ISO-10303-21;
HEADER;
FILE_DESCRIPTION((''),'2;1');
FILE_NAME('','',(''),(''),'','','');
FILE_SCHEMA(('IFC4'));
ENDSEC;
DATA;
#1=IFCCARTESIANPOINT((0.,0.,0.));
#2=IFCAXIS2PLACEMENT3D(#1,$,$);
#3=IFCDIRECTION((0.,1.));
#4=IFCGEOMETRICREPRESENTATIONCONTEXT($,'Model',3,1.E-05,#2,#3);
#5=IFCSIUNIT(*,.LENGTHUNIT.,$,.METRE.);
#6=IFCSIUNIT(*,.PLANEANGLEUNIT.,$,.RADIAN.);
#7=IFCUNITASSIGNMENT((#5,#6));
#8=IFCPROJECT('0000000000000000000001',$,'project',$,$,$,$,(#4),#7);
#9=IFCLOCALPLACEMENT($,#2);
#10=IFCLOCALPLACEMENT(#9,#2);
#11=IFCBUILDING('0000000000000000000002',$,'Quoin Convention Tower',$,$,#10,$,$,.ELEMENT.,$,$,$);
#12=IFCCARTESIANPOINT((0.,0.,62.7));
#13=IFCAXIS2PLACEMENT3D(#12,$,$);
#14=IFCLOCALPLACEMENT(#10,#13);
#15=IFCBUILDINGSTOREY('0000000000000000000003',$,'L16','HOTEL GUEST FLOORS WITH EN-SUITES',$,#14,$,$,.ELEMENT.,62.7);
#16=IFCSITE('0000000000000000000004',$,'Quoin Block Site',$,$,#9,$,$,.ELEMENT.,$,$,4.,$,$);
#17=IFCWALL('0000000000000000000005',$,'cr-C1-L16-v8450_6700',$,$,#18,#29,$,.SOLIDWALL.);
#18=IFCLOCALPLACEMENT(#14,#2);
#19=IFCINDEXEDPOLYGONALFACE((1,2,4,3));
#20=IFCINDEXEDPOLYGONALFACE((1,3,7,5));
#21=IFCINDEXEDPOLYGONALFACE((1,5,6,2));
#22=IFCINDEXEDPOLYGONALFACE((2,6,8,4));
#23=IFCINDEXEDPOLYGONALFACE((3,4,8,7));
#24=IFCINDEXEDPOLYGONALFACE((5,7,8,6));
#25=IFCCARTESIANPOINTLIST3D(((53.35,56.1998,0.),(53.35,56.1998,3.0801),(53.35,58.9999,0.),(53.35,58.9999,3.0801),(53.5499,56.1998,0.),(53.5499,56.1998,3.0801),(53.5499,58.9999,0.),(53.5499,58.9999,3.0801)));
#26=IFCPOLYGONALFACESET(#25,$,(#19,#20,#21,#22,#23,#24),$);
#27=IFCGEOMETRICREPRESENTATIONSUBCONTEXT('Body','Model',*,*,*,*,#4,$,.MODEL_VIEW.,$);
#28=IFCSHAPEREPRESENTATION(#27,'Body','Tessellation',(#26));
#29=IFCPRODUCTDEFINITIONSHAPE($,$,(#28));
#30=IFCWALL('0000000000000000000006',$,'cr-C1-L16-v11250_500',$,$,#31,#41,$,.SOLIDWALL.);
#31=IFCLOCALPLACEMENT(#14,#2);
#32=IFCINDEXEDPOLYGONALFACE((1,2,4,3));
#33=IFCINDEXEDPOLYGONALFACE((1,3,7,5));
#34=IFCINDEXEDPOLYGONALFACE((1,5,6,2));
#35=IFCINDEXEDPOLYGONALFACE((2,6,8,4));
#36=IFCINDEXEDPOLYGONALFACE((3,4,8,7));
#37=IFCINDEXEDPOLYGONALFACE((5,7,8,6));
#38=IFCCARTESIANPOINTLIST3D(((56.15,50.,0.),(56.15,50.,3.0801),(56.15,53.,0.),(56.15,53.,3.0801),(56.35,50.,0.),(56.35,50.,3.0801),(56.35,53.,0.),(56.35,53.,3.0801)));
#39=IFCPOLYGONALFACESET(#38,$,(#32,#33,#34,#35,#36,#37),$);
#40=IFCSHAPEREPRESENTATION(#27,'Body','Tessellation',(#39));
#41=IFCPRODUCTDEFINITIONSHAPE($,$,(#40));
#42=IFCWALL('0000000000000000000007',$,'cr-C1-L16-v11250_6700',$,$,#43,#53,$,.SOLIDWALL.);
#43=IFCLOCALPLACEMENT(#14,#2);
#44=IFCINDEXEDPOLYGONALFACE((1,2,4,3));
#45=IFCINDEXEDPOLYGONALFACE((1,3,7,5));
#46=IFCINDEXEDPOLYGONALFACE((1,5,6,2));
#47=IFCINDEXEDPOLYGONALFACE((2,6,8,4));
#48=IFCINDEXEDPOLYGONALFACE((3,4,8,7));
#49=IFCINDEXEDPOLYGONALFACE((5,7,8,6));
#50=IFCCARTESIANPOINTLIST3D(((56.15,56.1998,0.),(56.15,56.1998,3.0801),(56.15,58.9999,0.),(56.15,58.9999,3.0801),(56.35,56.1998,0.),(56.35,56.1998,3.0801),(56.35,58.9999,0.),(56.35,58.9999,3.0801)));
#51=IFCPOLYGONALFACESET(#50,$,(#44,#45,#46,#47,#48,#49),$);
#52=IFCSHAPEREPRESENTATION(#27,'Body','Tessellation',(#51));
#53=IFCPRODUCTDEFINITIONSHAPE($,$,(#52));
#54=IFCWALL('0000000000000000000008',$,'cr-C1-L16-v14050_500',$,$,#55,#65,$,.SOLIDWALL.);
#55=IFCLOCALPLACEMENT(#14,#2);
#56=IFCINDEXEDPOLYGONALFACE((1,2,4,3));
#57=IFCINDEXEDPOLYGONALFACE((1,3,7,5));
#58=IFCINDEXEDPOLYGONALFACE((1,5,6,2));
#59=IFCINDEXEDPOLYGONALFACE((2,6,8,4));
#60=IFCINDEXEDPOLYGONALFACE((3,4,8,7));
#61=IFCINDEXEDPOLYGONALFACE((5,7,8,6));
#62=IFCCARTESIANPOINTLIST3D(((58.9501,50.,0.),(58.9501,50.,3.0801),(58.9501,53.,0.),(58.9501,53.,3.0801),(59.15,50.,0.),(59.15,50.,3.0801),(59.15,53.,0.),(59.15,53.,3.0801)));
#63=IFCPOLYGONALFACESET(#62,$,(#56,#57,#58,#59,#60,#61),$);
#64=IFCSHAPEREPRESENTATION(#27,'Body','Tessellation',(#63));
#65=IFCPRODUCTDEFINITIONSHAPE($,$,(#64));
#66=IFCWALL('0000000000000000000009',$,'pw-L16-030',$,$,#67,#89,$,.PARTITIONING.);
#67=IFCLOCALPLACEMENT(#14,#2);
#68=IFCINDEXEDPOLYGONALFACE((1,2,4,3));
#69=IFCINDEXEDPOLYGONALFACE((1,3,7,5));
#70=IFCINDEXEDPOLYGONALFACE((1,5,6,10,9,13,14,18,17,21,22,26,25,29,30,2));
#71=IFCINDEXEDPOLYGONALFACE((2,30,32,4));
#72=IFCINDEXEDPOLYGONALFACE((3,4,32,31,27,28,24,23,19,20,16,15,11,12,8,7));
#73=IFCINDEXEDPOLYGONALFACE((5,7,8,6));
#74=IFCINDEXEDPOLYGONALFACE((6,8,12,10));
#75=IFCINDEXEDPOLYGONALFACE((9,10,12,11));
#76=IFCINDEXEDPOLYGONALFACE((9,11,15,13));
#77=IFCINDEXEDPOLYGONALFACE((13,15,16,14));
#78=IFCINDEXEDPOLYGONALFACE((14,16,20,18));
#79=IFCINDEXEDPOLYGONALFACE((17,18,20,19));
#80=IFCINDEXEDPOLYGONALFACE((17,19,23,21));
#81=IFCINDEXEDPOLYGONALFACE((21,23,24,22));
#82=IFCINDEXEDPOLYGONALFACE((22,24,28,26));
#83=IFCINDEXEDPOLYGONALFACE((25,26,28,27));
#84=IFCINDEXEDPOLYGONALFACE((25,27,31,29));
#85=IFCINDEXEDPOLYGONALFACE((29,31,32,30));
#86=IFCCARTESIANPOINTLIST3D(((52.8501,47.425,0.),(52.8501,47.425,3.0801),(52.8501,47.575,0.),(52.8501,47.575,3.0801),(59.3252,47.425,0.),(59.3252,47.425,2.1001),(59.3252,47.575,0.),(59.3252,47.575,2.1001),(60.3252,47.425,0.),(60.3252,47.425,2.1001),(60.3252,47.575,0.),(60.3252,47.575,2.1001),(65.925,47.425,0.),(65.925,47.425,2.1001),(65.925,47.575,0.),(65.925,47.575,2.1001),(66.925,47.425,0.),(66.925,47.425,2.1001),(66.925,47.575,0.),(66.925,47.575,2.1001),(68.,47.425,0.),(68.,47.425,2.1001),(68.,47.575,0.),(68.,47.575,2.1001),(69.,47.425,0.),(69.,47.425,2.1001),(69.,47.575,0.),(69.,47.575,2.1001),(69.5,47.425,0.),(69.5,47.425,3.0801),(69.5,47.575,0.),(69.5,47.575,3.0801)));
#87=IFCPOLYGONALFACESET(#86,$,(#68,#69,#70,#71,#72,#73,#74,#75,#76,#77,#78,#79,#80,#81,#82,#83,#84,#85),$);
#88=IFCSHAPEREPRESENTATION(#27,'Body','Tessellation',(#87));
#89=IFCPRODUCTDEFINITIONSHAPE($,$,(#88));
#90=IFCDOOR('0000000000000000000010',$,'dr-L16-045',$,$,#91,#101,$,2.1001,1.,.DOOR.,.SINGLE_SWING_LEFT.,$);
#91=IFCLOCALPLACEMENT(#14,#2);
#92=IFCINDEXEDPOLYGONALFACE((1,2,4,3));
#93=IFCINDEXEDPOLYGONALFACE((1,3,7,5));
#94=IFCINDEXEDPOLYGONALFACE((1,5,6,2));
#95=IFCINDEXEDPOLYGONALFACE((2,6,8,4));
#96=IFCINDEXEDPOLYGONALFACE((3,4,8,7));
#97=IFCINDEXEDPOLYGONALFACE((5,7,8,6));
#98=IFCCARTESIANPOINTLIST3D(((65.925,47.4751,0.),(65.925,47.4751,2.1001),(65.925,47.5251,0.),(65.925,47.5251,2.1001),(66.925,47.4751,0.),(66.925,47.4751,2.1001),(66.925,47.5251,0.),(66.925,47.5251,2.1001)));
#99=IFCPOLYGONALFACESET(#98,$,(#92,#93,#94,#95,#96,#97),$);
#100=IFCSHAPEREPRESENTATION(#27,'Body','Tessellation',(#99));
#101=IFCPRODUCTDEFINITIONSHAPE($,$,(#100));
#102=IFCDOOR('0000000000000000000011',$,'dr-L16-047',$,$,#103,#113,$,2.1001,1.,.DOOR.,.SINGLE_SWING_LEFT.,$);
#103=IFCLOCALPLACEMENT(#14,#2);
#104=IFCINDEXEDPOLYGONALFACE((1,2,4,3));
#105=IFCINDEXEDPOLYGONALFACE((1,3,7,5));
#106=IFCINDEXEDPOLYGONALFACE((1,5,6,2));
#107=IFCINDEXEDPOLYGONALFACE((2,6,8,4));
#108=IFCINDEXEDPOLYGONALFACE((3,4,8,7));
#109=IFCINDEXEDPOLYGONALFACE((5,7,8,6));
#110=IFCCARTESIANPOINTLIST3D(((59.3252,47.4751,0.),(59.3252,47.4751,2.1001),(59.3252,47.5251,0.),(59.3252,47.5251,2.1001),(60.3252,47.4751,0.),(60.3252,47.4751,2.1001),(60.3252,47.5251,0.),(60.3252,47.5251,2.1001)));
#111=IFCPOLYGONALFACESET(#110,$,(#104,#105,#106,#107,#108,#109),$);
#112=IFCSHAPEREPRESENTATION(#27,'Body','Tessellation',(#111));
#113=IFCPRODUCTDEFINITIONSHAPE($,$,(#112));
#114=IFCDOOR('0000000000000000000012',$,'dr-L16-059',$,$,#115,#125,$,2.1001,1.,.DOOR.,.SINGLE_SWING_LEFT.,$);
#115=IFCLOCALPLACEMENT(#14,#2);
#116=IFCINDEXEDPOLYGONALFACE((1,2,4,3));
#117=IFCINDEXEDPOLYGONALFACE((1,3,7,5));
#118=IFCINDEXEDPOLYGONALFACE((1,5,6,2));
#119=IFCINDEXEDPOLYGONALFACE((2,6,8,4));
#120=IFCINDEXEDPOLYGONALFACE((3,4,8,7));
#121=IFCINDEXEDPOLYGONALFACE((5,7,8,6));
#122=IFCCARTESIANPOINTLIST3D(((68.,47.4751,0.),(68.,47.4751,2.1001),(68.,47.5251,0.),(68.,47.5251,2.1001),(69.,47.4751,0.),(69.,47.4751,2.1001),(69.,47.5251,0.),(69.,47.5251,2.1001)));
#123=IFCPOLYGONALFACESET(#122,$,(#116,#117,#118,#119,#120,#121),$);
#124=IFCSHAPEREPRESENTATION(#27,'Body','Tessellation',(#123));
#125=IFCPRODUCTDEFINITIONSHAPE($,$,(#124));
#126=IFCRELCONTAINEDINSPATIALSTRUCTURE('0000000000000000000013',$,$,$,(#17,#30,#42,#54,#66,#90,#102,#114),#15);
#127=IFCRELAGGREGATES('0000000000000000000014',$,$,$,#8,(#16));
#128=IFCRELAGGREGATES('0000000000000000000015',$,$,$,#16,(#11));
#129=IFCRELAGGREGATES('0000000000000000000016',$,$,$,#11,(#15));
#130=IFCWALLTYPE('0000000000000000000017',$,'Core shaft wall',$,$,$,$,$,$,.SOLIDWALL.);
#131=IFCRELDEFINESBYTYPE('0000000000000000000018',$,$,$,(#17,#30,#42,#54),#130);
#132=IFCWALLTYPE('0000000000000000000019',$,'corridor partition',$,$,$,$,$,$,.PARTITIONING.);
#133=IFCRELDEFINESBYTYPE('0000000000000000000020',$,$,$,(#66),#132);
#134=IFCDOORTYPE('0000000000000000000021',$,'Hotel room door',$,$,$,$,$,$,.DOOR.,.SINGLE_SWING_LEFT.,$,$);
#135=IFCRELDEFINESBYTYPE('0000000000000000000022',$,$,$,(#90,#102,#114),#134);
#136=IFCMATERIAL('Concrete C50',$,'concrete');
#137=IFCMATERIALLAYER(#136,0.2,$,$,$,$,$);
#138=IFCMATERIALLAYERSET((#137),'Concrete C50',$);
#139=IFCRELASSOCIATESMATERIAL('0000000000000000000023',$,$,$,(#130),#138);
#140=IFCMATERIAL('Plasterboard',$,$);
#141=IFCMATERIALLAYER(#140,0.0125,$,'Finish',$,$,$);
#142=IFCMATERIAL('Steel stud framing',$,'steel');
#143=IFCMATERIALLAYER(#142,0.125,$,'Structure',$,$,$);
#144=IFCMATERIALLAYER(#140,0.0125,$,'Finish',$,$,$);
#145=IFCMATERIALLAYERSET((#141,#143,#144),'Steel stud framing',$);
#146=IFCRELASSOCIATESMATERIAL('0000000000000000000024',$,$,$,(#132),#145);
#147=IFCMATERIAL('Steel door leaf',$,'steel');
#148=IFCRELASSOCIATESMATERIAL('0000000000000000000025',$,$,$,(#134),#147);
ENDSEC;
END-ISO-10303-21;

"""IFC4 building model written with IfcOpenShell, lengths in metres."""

from ifc_helpers import new_model, si_unit, direction, frame, frame_2d, origin, place, context, subcontext, project, spatial, rectangle, extrude, material, layer, layer_set, type_object, element, fill, save


model = new_model("IFC4")

# Units and contexts
model_context = context("Model", 3, precision=1e-05, world=origin(), true_north=direction((0.0, 1.0)))
body_context = subcontext(model_context, "Body", "Model", "MODEL_VIEW")
ifc_project = project(units=[si_unit("LENGTHUNIT", "METRE"), si_unit("PLANEANGLEUNIT", "RADIAN")], contexts=[model_context])

# Site, building, storey
site_placement = place(None, origin())
site = spatial("IfcSite", under=ifc_project, at=site_placement, Name="Quoin Block Site", CompositionType="ELEMENT", RefElevation=4.0)
building_placement = place(site_placement, origin())
building = spatial("IfcBuilding", under=site, at=building_placement, Name="Quoin Convention Tower", CompositionType="ELEMENT")
storey_placement = place(building_placement, frame((0.0, 0.0, 62.7)))
storey = spatial("IfcBuildingStorey", under=building, at=storey_placement, Name="L16", Description="HOTEL GUEST FLOORS WITH EN-SUITES", CompositionType="ELEMENT", Elevation=62.7)

# Shared definitions
ifc_material_1 = material(Name="Plasterboard")
ifc_material_2 = material(Name="Steel stud framing", Category="steel")

# Shared definitions
ifc_material_3 = material(Name="Concrete C50", Category="concrete")
ifc_layer_1 = layer(ifc_material_3, 0.2)
ifc_layer_set_1 = layer_set([ifc_layer_1], Name="Concrete C50")
wall_type_1 = type_object("IfcWallType", Name="Core shaft wall", PredefinedType="SOLIDWALL", material=ifc_layer_set_1)
ifc_material_4 = material(Name="Steel door leaf", Category="steel")

# Walls
wall_1_placement = place(storey_placement, frame((53.45, 56.2, 0.0), z_axis=(0.0, 0.0, 1.0), x_axis=(0.0, 1.0, 0.0)))
element("IfcWall", 1, at=wall_1_placement, inside=storey, type_object=wall_type_1, Name="cr-C1-L16-v8450_6700", PredefinedType="SOLIDWALL", context=body_context, shape_type="SweptSolid", body=[
    extrude(rectangle(XDim=2.8, YDim=0.2, at=frame_2d((1.3999, 0.0))), origin(), (0.0, 0.0, 1.0), 3.0801),
])
wall_2_placement = place(storey_placement, frame((56.25, 50.0, 0.0), z_axis=(0.0, 0.0, 1.0), x_axis=(0.0, 1.0, 0.0)))
element("IfcWall", 2, at=wall_2_placement, inside=storey, type_object=wall_type_1, Name="cr-C1-L16-v11250_500", PredefinedType="SOLIDWALL", context=body_context, shape_type="SweptSolid", body=[
    extrude(rectangle(XDim=3.0, YDim=0.2, at=frame_2d((1.5, 0.0))), origin(), (0.0, 0.0, 1.0), 3.0801),
])
wall_3_placement = place(storey_placement, frame((56.25, 56.2, 0.0), z_axis=(0.0, 0.0, 1.0), x_axis=(0.0, 1.0, 0.0)))
element("IfcWall", 3, at=wall_3_placement, inside=storey, type_object=wall_type_1, Name="cr-C1-L16-v11250_6700", PredefinedType="SOLIDWALL", context=body_context, shape_type="SweptSolid", body=[
    extrude(rectangle(XDim=2.8, YDim=0.2, at=frame_2d((1.3999, 0.0))), origin(), (0.0, 0.0, 1.0), 3.0801),
])
wall_4_placement = place(storey_placement, frame((59.05, 50.0, 0.0), z_axis=(0.0, 0.0, 1.0), x_axis=(0.0, 1.0, 0.0)))
element("IfcWall", 4, at=wall_4_placement, inside=storey, type_object=wall_type_1, Name="cr-C1-L16-v14050_500", PredefinedType="SOLIDWALL", context=body_context, shape_type="SweptSolid", body=[
    extrude(rectangle(XDim=3.0, YDim=0.2, at=frame_2d((1.5, 0.0))), origin(), (0.0, 0.0, 1.0), 3.0801),
])

# Wall, openings, doors
ifc_layer_2 = layer(ifc_material_1, 0.0125, Name="Finish")
ifc_layer_3 = layer(ifc_material_2, 0.125, Name="Structure")
ifc_layer_4 = layer(ifc_material_1, 0.0125, Name="Finish")
ifc_layer_set_2 = layer_set([ifc_layer_2, ifc_layer_3, ifc_layer_4], Name="Steel stud framing")
wall_type_2 = type_object("IfcWallType", Name="corridor partition", PredefinedType="PARTITIONING", material=ifc_layer_set_2)
wall_5_placement = place(storey_placement, frame((52.8501, 47.5, 0.0), z_axis=(0.0, 0.0, 1.0), x_axis=(1.0, 0.0, 0.0)))
wall_5 = element("IfcWall", 5, at=wall_5_placement, inside=storey, type_object=wall_type_2, Name="pw-L16-030", PredefinedType="PARTITIONING", context=body_context, shape_type="SweptSolid", body=[
    extrude(rectangle(XDim=16.6499, YDim=0.1499, at=frame_2d((8.325, 0.0))), origin(), (0.0, 0.0, 1.0), 3.0801),
])
opening_1_placement = place(wall_5_placement, frame((13.075, 0.0, 0.0)))
opening_1 = element("IfcOpeningElement", 6, at=opening_1_placement, cuts=wall_5, PredefinedType="OPENING", context=body_context, shape_type="SweptSolid", body=[
    extrude(rectangle(XDim=1.0, YDim=2.1001, at=frame_2d((0.5, 1.05))), frame((0.0, 0.085, 0.0), z_axis=(0.0, -1.0, 0.0), x_axis=(1.0, 0.0, 0.0)), (0.0, 0.0, 1.0), 0.1699),
])
opening_2_placement = place(wall_5_placement, frame((6.4751, 0.0, 0.0)))
opening_2 = element("IfcOpeningElement", 7, at=opening_2_placement, cuts=wall_5, PredefinedType="OPENING", context=body_context, shape_type="SweptSolid", body=[
    extrude(rectangle(XDim=1.0, YDim=2.1001, at=frame_2d((0.5, 1.05))), frame((0.0, 0.085, 0.0), z_axis=(0.0, -1.0, 0.0), x_axis=(1.0, 0.0, 0.0)), (0.0, 0.0, 1.0), 0.1699),
])
opening_3_placement = place(wall_5_placement, frame((15.1499, 0.0, 0.0)))
opening_3 = element("IfcOpeningElement", 8, at=opening_3_placement, cuts=wall_5, PredefinedType="OPENING", context=body_context, shape_type="SweptSolid", body=[
    extrude(rectangle(XDim=1.0, YDim=2.1001, at=frame_2d((0.5, 1.05))), frame((0.0, 0.085, 0.0), z_axis=(0.0, -1.0, 0.0), x_axis=(1.0, 0.0, 0.0)), (0.0, 0.0, 1.0), 0.1699),
])
door_type_1 = type_object("IfcDoorType", Name="Hotel room door", OperationType="SINGLE_SWING_LEFT", PredefinedType="DOOR", material=ifc_material_4)
door_1_placement = place(opening_1_placement, frame((1.0, 0.0, 0.0), z_axis=(0.0, 0.0, 1.0), x_axis=(-1.0, 0.0, 0.0)))
door_1 = element("IfcDoor", 9, at=door_1_placement, inside=storey, type_object=door_type_1, Name="dr-L16-045", OperationType="SINGLE_SWING_LEFT", OverallHeight=2.1001, OverallWidth=1.0, PredefinedType="DOOR", context=body_context, shape_type="SweptSolid", body=[
    extrude(rectangle(XDim=1.0, YDim=2.1001, at=frame_2d((0.5, 1.05))), frame((0.0, 0.0249, 0.0), z_axis=(0.0, -1.0, 0.0), x_axis=(1.0, 0.0, 0.0)), (0.0, 0.0, 1.0), 0.05),
])
fill(opening_1, door_1)
door_2_placement = place(opening_2_placement, frame((1.0, 0.0, 0.0), z_axis=(0.0, 0.0, 1.0), x_axis=(-1.0, 0.0, 0.0)))
door_2 = element("IfcDoor", 10, at=door_2_placement, inside=storey, type_object=door_type_1, Name="dr-L16-047", OperationType="SINGLE_SWING_LEFT", OverallHeight=2.1001, OverallWidth=1.0, PredefinedType="DOOR", context=body_context, shape_type="SweptSolid", body=[
    extrude(rectangle(XDim=1.0, YDim=2.1001, at=frame_2d((0.5, 1.05))), frame((0.0, 0.0249, 0.0), z_axis=(0.0, -1.0, 0.0), x_axis=(1.0, 0.0, 0.0)), (0.0, 0.0, 1.0), 0.05),
])
fill(opening_2, door_2)
door_3_placement = place(opening_3_placement, frame((1.0, 0.0, 0.0), z_axis=(0.0, 0.0, 1.0), x_axis=(-1.0, 0.0, 0.0)))
door_3 = element("IfcDoor", 11, at=door_3_placement, inside=storey, type_object=door_type_1, Name="dr-L16-059", OperationType="SINGLE_SWING_LEFT", OverallHeight=2.1001, OverallWidth=1.0, PredefinedType="DOOR", context=body_context, shape_type="SweptSolid", body=[
    extrude(rectangle(XDim=1.0, YDim=2.1001, at=frame_2d((0.5, 1.05))), frame((0.0, 0.0249, 0.0), z_axis=(0.0, -1.0, 0.0), x_axis=(1.0, 0.0, 0.0)), (0.0, 0.0, 1.0), 0.05),
])
fill(opening_3, door_3)

save(model, "model.ifc")
